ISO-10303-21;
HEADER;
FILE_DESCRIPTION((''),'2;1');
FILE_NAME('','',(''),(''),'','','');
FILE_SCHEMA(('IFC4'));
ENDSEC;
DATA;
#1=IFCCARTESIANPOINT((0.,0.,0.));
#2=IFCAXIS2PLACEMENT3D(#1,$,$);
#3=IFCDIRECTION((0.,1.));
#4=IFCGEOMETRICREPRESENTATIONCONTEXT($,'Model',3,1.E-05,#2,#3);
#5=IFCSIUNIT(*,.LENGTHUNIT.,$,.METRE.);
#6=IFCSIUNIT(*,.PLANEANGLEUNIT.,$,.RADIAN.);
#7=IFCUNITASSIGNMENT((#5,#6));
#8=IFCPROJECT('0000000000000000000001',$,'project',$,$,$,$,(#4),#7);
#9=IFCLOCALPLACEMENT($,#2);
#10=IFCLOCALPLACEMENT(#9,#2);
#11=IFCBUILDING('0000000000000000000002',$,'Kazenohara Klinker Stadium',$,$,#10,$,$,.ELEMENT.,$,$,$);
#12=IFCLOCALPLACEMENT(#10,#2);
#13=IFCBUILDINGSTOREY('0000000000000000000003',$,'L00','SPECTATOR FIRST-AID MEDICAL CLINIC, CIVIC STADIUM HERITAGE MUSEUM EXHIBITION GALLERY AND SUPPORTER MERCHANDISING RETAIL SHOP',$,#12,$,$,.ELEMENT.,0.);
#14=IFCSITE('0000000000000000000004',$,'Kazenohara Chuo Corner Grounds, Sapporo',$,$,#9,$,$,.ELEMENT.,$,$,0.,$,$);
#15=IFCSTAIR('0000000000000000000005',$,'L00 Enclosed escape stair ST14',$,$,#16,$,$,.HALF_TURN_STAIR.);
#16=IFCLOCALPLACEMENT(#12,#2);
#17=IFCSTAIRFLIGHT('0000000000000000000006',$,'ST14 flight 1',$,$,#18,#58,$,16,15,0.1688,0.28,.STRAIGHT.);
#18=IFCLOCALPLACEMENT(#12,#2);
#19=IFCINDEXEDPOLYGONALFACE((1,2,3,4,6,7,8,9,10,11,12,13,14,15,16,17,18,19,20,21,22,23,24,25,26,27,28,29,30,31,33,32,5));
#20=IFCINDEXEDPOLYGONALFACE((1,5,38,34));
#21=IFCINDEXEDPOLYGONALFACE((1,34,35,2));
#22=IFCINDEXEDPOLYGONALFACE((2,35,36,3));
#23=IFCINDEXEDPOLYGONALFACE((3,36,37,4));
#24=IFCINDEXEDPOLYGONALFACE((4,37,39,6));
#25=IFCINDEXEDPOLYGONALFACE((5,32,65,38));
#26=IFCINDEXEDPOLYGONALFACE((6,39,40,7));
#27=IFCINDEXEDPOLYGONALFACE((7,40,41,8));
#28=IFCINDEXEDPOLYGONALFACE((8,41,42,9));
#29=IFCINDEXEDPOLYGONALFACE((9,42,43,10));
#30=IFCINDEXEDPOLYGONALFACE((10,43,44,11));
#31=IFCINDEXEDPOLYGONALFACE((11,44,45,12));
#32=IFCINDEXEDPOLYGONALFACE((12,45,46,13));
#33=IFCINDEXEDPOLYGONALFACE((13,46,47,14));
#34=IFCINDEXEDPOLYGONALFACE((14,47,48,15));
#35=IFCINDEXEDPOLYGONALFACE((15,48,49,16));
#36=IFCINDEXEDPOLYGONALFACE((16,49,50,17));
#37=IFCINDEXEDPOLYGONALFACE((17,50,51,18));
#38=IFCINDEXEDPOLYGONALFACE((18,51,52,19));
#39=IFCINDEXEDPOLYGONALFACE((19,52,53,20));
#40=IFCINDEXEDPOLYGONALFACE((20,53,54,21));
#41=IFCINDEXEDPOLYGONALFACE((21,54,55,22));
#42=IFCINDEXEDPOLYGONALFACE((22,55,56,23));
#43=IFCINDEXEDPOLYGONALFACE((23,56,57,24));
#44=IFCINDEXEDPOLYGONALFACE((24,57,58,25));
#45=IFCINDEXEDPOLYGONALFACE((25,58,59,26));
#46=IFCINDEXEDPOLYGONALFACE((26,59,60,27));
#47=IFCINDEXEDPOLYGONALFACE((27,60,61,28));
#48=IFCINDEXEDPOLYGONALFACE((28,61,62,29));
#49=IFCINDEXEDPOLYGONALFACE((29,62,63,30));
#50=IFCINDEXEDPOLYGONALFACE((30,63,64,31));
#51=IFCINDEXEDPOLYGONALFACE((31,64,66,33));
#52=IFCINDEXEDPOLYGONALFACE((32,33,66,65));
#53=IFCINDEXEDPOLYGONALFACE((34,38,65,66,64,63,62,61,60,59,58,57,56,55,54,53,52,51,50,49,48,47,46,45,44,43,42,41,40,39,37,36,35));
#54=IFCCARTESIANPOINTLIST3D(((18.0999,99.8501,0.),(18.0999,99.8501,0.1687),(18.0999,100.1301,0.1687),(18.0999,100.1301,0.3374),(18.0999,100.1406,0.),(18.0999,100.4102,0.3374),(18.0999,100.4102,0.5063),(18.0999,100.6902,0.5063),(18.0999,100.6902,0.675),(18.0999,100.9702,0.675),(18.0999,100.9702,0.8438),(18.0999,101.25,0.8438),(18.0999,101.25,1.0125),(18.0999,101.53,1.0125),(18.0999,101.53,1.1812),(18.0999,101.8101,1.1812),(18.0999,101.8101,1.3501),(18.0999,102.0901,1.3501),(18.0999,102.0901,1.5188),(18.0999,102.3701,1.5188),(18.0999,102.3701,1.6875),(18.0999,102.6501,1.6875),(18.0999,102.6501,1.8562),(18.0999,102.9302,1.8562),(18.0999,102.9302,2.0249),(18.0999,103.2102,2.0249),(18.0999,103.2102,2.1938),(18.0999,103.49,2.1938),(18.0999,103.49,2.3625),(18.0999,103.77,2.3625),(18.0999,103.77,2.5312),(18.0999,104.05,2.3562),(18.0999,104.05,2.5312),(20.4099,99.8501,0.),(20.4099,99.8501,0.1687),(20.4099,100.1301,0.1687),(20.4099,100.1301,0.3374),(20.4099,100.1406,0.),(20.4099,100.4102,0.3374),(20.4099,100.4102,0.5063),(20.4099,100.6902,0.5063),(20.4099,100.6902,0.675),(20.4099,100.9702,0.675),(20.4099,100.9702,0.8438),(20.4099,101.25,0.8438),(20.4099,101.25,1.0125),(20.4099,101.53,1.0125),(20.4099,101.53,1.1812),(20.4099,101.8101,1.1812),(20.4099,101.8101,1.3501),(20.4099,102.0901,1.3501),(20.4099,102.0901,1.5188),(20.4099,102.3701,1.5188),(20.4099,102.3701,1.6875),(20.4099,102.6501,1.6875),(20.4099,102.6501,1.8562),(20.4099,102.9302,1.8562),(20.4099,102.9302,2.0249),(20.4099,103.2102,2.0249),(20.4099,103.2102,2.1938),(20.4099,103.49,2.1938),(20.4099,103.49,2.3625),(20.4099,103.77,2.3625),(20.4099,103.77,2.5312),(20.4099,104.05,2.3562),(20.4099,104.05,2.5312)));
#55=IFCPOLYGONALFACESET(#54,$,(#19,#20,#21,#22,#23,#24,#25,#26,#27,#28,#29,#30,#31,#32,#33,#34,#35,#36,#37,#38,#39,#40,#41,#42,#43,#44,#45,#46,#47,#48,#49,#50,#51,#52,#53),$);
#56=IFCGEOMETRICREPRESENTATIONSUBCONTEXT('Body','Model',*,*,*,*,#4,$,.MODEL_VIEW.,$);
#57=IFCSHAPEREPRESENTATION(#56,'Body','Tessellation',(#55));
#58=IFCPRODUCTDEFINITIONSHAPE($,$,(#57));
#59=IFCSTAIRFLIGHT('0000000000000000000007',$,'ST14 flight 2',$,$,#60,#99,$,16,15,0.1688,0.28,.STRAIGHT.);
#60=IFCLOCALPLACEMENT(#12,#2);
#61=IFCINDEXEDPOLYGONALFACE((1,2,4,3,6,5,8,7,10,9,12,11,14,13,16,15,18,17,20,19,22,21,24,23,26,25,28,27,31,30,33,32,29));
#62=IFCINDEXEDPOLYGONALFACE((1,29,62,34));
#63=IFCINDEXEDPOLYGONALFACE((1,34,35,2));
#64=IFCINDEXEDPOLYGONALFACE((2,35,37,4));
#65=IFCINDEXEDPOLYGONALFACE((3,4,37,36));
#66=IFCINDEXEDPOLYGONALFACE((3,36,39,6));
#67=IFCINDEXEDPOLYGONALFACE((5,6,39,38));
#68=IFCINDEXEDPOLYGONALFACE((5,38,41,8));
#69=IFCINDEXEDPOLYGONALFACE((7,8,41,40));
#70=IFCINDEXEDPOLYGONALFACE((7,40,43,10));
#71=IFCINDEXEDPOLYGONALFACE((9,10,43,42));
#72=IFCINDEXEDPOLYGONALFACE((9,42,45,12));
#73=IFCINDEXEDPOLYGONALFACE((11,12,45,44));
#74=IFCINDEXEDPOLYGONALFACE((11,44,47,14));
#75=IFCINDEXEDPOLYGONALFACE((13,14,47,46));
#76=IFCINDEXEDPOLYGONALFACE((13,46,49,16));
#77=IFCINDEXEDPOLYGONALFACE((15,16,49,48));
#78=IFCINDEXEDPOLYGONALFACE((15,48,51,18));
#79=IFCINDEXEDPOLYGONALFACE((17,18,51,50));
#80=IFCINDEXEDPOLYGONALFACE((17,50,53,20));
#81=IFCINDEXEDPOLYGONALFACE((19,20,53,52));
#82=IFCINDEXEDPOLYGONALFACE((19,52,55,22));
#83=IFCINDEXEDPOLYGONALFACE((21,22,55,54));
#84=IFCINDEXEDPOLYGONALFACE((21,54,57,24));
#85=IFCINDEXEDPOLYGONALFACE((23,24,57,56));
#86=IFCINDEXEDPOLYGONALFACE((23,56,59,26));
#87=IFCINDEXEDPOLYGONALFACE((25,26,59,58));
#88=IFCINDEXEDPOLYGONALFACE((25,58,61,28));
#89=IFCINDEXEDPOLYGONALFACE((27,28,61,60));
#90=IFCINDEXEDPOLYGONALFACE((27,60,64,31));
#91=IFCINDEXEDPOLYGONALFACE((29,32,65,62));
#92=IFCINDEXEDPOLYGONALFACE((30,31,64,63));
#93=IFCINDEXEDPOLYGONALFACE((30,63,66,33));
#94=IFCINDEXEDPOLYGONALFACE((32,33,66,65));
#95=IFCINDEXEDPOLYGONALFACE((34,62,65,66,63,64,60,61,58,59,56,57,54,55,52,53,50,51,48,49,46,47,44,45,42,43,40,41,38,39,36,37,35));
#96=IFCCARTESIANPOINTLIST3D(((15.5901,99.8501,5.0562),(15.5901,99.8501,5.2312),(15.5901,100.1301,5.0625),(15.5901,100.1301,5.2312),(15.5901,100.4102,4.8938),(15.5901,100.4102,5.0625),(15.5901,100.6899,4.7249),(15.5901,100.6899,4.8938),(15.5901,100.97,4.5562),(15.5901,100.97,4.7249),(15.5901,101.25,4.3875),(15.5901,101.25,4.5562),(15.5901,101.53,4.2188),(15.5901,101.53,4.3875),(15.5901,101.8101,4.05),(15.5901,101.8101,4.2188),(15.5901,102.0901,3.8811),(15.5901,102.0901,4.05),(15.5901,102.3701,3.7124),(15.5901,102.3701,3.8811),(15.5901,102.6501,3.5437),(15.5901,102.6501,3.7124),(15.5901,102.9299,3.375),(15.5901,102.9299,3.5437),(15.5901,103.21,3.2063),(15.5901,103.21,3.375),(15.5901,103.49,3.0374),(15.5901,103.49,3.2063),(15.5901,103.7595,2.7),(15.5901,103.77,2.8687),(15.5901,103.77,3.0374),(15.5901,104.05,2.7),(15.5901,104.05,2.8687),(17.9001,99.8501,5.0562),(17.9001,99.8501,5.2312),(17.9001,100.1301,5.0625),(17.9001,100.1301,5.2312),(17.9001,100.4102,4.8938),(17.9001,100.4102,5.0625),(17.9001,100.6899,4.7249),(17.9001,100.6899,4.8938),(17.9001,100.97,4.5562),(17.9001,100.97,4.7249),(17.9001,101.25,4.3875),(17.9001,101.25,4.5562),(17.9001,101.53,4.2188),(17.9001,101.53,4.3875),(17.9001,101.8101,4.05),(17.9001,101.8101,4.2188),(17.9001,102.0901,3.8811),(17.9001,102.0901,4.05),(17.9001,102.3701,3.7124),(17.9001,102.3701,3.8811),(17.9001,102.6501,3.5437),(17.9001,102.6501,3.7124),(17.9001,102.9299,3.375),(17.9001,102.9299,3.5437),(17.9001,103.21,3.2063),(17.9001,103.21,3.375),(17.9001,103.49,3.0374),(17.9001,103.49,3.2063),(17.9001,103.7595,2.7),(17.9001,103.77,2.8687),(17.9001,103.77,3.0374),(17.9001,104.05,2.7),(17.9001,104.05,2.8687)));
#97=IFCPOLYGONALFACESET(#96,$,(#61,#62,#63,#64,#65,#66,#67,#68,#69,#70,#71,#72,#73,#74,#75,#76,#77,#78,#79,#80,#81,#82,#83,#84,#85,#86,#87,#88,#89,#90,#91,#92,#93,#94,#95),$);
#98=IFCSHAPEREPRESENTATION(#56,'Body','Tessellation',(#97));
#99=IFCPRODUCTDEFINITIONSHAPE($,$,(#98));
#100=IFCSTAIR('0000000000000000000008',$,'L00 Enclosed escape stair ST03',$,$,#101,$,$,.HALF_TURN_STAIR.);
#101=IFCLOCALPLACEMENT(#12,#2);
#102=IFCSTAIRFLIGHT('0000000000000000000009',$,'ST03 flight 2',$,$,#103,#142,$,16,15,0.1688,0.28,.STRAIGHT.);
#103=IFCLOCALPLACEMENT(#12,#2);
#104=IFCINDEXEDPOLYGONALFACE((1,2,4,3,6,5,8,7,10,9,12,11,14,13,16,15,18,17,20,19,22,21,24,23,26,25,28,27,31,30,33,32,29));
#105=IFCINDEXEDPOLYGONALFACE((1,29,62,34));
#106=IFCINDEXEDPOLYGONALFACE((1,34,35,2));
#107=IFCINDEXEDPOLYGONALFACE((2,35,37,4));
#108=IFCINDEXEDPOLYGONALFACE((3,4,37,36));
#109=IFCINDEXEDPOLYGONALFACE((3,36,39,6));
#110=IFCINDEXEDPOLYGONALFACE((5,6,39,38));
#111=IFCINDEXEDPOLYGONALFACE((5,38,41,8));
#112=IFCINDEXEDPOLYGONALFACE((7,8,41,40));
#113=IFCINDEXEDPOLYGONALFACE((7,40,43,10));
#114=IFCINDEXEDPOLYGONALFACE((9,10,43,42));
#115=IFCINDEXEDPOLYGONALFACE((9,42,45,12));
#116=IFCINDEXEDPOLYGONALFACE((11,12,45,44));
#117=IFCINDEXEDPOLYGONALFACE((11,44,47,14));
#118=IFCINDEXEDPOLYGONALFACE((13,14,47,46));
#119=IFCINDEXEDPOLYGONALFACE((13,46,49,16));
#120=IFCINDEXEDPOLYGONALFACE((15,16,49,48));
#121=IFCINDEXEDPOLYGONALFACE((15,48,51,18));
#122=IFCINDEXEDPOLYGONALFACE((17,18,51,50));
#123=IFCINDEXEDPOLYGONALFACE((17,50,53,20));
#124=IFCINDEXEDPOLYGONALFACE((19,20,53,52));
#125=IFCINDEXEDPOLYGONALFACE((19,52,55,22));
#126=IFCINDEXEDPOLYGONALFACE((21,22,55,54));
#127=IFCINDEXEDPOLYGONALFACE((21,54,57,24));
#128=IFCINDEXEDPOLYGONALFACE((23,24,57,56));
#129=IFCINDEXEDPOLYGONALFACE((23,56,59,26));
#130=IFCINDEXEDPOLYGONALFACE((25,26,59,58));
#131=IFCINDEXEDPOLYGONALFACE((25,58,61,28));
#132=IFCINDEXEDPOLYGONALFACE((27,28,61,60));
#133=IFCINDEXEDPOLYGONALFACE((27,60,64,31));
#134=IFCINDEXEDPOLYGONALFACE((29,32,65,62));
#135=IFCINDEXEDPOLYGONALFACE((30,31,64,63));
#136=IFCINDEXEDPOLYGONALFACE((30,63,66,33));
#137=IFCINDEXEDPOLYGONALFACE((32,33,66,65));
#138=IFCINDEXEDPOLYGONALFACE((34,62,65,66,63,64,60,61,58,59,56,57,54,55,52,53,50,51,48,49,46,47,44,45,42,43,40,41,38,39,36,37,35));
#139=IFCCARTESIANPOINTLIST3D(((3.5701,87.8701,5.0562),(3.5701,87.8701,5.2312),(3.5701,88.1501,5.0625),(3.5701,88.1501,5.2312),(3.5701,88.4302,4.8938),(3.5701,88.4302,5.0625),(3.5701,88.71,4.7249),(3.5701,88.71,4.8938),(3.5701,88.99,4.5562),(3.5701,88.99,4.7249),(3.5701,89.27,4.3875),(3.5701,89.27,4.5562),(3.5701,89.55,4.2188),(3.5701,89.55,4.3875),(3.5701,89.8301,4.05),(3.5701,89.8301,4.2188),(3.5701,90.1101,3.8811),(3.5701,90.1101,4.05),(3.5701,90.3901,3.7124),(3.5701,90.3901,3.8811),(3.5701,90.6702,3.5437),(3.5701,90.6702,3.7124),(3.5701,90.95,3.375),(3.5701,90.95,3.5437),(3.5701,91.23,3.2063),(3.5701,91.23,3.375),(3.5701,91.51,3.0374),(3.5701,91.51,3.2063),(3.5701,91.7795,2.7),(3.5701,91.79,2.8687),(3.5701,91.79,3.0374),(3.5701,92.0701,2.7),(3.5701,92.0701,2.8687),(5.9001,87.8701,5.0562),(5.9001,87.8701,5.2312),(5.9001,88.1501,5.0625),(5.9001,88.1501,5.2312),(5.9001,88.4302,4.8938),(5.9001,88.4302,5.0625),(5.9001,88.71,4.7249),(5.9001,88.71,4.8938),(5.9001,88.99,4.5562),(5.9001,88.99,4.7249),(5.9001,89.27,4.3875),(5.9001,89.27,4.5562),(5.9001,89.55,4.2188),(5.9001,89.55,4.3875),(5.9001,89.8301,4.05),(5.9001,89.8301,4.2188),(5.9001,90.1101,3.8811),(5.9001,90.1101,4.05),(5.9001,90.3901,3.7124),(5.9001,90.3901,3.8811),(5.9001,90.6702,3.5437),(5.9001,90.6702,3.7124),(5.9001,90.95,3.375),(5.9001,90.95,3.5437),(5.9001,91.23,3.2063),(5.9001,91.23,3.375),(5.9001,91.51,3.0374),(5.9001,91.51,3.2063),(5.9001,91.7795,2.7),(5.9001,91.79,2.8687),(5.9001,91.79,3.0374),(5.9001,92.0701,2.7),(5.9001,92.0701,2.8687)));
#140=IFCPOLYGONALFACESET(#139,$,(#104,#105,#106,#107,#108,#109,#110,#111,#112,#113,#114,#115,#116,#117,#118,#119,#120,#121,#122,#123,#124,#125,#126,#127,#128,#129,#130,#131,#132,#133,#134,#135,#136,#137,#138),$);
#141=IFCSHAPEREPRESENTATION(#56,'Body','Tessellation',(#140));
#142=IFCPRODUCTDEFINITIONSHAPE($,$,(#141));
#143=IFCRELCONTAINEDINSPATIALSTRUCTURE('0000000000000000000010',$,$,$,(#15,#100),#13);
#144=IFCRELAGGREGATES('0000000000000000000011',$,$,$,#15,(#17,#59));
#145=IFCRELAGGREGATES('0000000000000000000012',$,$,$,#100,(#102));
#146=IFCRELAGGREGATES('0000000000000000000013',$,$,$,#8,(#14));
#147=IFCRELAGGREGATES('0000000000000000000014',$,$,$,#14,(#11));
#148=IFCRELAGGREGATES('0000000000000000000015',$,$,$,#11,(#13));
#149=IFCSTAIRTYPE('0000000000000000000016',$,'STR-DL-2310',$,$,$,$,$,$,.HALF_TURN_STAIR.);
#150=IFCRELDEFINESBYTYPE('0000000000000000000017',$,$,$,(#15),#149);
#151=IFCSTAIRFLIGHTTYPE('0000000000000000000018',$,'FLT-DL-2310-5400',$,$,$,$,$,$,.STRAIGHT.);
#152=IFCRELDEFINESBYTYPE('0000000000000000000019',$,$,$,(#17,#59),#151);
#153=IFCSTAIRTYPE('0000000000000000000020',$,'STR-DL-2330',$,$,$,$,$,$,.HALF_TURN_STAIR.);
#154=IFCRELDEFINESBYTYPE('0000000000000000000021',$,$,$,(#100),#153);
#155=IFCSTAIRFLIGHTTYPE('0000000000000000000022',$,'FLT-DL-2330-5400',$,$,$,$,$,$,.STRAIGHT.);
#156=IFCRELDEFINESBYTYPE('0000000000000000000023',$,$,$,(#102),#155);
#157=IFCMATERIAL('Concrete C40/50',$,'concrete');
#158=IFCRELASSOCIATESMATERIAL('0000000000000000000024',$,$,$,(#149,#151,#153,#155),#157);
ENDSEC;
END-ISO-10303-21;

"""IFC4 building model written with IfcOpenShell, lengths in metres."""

from ifc_helpers import new_model, si_unit, direction, frame, origin, place, context, subcontext, project, spatial, polyline, outline, extrude, material, type_object, element, aggregate, save


model = new_model("IFC4")

# Units and contexts
model_context = context("Model", 3, precision=1e-05, world=origin(), true_north=direction((0.0, 1.0)))
body_context = subcontext(model_context, "Body", "Model", "MODEL_VIEW")
ifc_project = project(units=[si_unit("LENGTHUNIT", "METRE"), si_unit("PLANEANGLEUNIT", "RADIAN")], contexts=[model_context])

# Site, building, storey
site_placement = place(None, origin())
site = spatial("IfcSite", under=ifc_project, at=site_placement, Name="Kazenohara Chuo Corner Grounds, Sapporo", CompositionType="ELEMENT", RefElevation=0.0)
building_placement = place(site_placement, origin())
building = spatial("IfcBuilding", under=site, at=building_placement, Name="Kazenohara Klinker Stadium", CompositionType="ELEMENT")
storey_placement = place(building_placement, origin())
storey = spatial("IfcBuildingStorey", under=building, at=storey_placement, Name="L00", Description="SPECTATOR FIRST-AID MEDICAL CLINIC, CIVIC STADIUM HERITAGE MUSEUM EXHIBITION GALLERY AND SUPPORTER MERCHANDISING RETAIL SHOP", CompositionType="ELEMENT", Elevation=0.0)

# Shared definitions
ifc_material_1 = material(Name="Concrete C40/50", Category="concrete")

# Stair, stair flights
stair_type_1 = type_object("IfcStairType", Name="STR-DL-2310", PredefinedType="HALF_TURN_STAIR", material=ifc_material_1)
stair_1_placement = place(storey_placement, origin())
stair_1 = element("IfcStair", 1, at=stair_1_placement, inside=storey, type_object=stair_type_1, Name="L00 Enclosed escape stair ST14", PredefinedType="HALF_TURN_STAIR")
stair_flight_type_1 = type_object("IfcStairFlightType", Name="FLT-DL-2310-5400", PredefinedType="STRAIGHT", material=ifc_material_1)
stair_flight_1_placement = place(storey_placement, frame((19.2549, 99.8501, 0.0), z_axis=(0.0, 0.0, 1.0), x_axis=(0.0, 1.0, 0.0)))
stair_flight_1 = element("IfcStairFlight", 2, at=stair_flight_1_placement, type_object=stair_flight_type_1, Name="ST14 flight 1", NumberOfRisers=16, NumberOfTreads=15, PredefinedType="STRAIGHT", RiserHeight=0.1688, TreadLength=0.28, context=body_context, shape_type="SweptSolid", body=[
    extrude(outline(polyline([(0.0, 0.0), (0.0, 0.1687), (0.28, 0.1687), (0.28, 0.3374), (0.5601, 0.3374), (0.5601, 0.5063), (0.8401, 0.5063), (0.8401, 0.675), (1.1201, 0.675), (1.1201, 0.8438), (1.3999, 0.8438), (1.3999, 1.0125), (1.6799, 1.0125), (1.6799, 1.1812), (1.96, 1.1812), (1.96, 1.3501), (2.24, 1.3501), (2.24, 1.5188), (2.52, 1.5188), (2.52, 1.6875), (2.8, 1.6875), (2.8, 1.8562), (3.0801, 1.8562), (3.0801, 2.0249), (3.3601, 2.0249), (3.3601, 2.1938), (3.6399, 2.1938), (3.6399, 2.3625), (3.9199, 2.3625), (3.9199, 2.5312), (4.2, 2.5312), (4.2, 2.7), (4.2, 2.3562), (0.2905, 0.0), (0.0, 0.0)])), frame((0.0, 1.155, 0.0), z_axis=(0.0, -1.0, 0.0), x_axis=(1.0, 0.0, 0.0)), (0.0, 0.0, 1.0), 2.3101),
])
stair_flight_2_placement = place(storey_placement, frame((16.7451, 104.05, 2.7), z_axis=(0.0, 0.0, 1.0), x_axis=(0.0, -1.0, 0.0)))
stair_flight_2 = element("IfcStairFlight", 3, at=stair_flight_2_placement, type_object=stair_flight_type_1, Name="ST14 flight 2", NumberOfRisers=16, NumberOfTreads=15, PredefinedType="STRAIGHT", RiserHeight=0.1688, TreadLength=0.28, context=body_context, shape_type="SweptSolid", body=[
    extrude(outline(polyline([(0.0, 0.0), (0.0, 0.1687), (0.28, 0.1687), (0.28, 0.3374), (0.5601, 0.3374), (0.5601, 0.5063), (0.8401, 0.5063), (0.8401, 0.675), (1.1201, 0.675), (1.1201, 0.8438), (1.3999, 0.8438), (1.3999, 1.0125), (1.6799, 1.0125), (1.6799, 1.1812), (1.96, 1.1812), (1.96, 1.3501), (2.24, 1.3501), (2.24, 1.5188), (2.52, 1.5188), (2.52, 1.6875), (2.8, 1.6875), (2.8, 1.8562), (3.0801, 1.8562), (3.0801, 2.0249), (3.3601, 2.0249), (3.3601, 2.1938), (3.6399, 2.1938), (3.6399, 2.3625), (3.9199, 2.3625), (3.9199, 2.5312), (4.2, 2.5312), (4.2, 2.7), (4.2, 2.3562), (0.2905, 0.0), (0.0, 0.0)])), frame((0.0, 1.155, 0.0), z_axis=(0.0, -1.0, 0.0), x_axis=(1.0, 0.0, 0.0)), (0.0, 0.0, 1.0), 2.3101),
])
aggregate(stair_1, [stair_flight_1, stair_flight_2])

# Stair, stair flight
stair_type_2 = type_object("IfcStairType", Name="STR-DL-2330", PredefinedType="HALF_TURN_STAIR", material=ifc_material_1)
stair_2_placement = place(storey_placement, origin())
stair_2 = element("IfcStair", 4, at=stair_2_placement, inside=storey, type_object=stair_type_2, Name="L00 Enclosed escape stair ST03", PredefinedType="HALF_TURN_STAIR")
stair_flight_type_2 = type_object("IfcStairFlightType", Name="FLT-DL-2330-5400", PredefinedType="STRAIGHT", material=ifc_material_1)
stair_flight_3_placement = place(storey_placement, frame((4.7351, 92.0701, 2.7), z_axis=(0.0, 0.0, 1.0), x_axis=(0.0, -1.0, 0.0)))
stair_flight_3 = element("IfcStairFlight", 5, at=stair_flight_3_placement, type_object=stair_flight_type_2, Name="ST03 flight 2", NumberOfRisers=16, NumberOfTreads=15, PredefinedType="STRAIGHT", RiserHeight=0.1688, TreadLength=0.28, context=body_context, shape_type="SweptSolid", body=[
    extrude(outline(polyline([(0.0, 0.0), (0.0, 0.1687), (0.28, 0.1687), (0.28, 0.3374), (0.5601, 0.3374), (0.5601, 0.5063), (0.8401, 0.5063), (0.8401, 0.675), (1.1201, 0.675), (1.1201, 0.8438), (1.3999, 0.8438), (1.3999, 1.0125), (1.6799, 1.0125), (1.6799, 1.1812), (1.96, 1.1812), (1.96, 1.3501), (2.24, 1.3501), (2.24, 1.5188), (2.52, 1.5188), (2.52, 1.6875), (2.8, 1.6875), (2.8, 1.8562), (3.0801, 1.8562), (3.0801, 2.0249), (3.3601, 2.0249), (3.3601, 2.1938), (3.6399, 2.1938), (3.6399, 2.3625), (3.9199, 2.3625), (3.9199, 2.5312), (4.2, 2.5312), (4.2, 2.7), (4.2, 2.3562), (0.2905, 0.0), (0.0, 0.0)])), frame((0.0, 1.165, 0.0), z_axis=(0.0, -1.0, 0.0), x_axis=(1.0, 0.0, 0.0)), (0.0, 0.0, 1.0), 2.3301),
])
aggregate(stair_2, [stair_flight_3])

save(model, "model.ifc")
